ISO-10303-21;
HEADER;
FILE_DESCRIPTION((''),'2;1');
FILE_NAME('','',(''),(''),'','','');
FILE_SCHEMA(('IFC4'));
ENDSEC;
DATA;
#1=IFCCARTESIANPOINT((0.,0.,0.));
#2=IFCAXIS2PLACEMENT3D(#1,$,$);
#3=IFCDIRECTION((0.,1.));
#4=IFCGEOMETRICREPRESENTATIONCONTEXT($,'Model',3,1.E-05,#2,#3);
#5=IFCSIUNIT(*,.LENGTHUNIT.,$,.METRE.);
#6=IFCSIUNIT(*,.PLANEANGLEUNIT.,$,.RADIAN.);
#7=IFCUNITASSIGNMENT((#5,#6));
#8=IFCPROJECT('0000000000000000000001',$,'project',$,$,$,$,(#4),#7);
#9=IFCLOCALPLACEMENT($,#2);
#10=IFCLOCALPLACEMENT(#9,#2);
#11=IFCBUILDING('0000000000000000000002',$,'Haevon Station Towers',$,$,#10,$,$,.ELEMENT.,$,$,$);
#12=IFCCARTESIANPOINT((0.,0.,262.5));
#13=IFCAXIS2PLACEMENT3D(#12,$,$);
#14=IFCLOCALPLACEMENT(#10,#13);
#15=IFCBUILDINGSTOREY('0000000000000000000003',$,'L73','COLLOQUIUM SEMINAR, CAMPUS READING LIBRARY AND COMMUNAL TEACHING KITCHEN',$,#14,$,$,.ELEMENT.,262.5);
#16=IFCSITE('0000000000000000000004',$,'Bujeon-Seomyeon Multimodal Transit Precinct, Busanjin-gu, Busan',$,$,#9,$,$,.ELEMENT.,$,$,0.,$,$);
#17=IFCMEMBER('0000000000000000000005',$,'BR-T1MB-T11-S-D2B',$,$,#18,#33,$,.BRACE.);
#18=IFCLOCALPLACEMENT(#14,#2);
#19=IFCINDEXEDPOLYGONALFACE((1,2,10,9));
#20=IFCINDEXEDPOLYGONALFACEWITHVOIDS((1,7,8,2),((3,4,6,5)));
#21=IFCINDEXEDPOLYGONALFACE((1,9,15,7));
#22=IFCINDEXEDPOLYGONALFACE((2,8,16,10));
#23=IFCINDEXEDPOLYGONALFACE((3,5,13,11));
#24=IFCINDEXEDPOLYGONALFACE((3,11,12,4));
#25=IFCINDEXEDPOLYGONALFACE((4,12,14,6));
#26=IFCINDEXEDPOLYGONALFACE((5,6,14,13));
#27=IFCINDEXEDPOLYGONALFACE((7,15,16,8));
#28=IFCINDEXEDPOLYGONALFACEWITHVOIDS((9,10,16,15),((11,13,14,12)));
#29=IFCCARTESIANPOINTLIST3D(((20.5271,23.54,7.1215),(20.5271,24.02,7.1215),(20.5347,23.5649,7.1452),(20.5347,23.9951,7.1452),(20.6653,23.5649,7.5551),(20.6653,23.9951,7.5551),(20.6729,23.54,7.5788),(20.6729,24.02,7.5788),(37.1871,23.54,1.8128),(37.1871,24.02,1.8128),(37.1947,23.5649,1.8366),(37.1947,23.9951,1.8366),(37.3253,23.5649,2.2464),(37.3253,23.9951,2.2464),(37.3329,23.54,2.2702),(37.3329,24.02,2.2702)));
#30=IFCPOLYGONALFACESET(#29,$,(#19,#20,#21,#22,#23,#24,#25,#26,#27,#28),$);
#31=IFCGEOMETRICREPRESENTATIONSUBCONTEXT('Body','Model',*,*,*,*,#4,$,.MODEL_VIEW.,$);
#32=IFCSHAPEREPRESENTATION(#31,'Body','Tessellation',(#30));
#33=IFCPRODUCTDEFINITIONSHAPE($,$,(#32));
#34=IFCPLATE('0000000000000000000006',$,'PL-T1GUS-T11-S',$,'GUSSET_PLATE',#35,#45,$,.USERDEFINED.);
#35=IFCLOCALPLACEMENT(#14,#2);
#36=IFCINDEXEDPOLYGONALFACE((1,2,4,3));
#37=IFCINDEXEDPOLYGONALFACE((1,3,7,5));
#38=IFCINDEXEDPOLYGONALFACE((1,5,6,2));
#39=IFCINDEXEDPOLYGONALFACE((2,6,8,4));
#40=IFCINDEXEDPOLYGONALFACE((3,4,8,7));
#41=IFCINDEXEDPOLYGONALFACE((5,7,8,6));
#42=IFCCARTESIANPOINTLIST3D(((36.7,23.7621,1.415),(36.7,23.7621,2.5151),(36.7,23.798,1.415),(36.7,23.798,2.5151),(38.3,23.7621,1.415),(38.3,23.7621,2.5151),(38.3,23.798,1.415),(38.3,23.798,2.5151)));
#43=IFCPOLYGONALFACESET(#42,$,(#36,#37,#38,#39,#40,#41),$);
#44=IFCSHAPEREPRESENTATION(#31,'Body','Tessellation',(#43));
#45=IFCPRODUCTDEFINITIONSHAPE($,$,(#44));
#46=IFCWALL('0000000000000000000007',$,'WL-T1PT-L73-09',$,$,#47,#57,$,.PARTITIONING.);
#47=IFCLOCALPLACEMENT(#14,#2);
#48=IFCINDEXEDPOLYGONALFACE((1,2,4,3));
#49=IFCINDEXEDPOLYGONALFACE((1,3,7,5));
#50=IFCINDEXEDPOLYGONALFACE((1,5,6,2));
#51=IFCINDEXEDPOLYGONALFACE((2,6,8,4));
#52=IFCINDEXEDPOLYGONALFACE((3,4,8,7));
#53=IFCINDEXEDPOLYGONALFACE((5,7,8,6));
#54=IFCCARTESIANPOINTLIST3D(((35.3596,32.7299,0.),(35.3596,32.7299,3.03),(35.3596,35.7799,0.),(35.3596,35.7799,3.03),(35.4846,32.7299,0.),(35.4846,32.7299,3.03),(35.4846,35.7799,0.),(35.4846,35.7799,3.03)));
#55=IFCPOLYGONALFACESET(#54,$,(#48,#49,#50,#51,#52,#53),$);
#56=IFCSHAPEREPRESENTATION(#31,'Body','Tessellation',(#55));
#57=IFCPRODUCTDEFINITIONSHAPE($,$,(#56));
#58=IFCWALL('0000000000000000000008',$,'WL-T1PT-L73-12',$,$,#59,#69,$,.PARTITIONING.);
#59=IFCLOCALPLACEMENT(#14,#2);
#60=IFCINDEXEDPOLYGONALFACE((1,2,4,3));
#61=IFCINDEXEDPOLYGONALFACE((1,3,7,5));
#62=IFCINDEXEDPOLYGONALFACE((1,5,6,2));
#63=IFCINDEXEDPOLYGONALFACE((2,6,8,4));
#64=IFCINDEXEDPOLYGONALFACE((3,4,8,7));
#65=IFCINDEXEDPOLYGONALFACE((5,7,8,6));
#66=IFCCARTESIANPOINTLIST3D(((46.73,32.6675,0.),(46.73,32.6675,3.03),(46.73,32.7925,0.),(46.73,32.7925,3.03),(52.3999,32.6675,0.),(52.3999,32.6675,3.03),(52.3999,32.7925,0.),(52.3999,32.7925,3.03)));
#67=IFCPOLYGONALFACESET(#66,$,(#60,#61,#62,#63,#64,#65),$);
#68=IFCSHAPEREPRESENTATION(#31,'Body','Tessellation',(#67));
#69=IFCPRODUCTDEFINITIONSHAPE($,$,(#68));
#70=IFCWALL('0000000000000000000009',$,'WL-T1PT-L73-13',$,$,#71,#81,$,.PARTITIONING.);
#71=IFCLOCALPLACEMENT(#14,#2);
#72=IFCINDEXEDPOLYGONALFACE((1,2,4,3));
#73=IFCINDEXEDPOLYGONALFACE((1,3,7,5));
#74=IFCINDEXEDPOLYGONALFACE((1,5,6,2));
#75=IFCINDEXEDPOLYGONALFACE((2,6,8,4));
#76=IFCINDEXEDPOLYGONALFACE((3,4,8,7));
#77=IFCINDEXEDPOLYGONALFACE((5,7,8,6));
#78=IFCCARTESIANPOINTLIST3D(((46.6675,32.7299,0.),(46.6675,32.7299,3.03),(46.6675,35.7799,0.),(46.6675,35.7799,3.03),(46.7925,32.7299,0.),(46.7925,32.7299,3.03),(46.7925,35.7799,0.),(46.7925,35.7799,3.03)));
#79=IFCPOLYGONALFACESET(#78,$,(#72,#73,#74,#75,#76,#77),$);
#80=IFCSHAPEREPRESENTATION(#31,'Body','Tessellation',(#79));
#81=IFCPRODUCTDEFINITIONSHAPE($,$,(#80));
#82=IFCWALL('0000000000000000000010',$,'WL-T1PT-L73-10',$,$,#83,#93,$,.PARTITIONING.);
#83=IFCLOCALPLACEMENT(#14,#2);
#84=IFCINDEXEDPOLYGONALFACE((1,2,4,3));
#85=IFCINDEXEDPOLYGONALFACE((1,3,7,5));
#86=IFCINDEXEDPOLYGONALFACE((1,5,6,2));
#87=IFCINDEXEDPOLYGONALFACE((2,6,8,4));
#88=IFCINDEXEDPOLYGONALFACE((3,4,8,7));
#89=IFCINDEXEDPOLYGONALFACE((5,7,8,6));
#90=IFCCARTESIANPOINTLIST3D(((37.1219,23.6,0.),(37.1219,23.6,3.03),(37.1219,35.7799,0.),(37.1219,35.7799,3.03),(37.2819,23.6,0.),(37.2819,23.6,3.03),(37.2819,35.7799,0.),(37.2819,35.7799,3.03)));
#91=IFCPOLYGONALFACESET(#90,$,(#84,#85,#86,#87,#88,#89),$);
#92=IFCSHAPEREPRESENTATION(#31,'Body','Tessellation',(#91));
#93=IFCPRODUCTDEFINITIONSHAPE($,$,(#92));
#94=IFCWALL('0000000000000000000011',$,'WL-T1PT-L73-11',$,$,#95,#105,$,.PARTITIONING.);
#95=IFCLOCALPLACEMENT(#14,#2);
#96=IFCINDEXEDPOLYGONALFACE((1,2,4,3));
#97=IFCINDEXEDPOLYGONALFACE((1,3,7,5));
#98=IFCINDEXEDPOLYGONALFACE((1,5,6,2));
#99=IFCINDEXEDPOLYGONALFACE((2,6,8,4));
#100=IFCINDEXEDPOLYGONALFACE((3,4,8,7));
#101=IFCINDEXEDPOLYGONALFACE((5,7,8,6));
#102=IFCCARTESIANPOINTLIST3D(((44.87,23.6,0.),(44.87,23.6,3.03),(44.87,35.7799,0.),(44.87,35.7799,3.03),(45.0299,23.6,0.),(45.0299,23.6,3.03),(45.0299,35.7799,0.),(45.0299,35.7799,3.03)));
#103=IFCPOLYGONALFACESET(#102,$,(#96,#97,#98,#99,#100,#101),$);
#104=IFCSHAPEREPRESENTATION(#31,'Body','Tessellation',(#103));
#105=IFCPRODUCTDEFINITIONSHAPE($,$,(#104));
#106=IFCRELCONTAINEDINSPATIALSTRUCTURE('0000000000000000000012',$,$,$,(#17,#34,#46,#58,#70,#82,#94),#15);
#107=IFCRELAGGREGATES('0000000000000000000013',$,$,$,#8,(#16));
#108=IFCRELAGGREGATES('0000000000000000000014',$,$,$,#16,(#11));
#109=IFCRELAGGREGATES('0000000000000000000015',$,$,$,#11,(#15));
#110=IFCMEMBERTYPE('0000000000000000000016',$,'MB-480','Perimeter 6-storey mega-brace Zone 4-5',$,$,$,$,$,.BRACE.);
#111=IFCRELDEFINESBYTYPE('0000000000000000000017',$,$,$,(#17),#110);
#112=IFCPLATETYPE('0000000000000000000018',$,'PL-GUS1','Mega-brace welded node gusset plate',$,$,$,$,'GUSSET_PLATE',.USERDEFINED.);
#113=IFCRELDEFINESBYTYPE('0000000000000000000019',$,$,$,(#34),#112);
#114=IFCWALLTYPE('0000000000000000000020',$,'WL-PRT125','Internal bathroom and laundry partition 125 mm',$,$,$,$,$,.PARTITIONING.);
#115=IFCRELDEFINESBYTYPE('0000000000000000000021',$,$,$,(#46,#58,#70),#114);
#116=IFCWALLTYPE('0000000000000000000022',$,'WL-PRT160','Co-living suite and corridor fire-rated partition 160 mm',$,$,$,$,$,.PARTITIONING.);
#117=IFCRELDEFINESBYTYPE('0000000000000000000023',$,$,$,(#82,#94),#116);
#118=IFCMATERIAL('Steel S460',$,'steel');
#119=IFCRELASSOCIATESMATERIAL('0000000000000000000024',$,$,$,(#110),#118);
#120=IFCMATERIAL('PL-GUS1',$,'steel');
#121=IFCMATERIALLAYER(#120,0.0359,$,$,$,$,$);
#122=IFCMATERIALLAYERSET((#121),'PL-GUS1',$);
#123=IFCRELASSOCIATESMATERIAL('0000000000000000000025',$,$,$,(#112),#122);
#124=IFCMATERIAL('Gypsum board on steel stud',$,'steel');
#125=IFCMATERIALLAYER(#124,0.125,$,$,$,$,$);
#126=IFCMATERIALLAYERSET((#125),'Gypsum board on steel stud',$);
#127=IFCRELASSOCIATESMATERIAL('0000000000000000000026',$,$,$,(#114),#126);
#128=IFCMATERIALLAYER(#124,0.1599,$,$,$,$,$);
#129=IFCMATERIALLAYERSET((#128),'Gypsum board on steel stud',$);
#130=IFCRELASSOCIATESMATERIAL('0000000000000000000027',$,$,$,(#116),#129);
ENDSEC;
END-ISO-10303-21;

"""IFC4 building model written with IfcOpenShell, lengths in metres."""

from ifc_helpers import new_model, si_unit, direction, frame, frame_2d, origin, origin_2d, place, context, subcontext, project, spatial, rectangle, hollow_rectangle, extrude, material, layer, layer_set, material_profile, profile_set, type_object, element, save


model = new_model("IFC4")

# Units and contexts
model_context = context("Model", 3, precision=1e-05, world=origin(), true_north=direction((0.0, 1.0)))
body_context = subcontext(model_context, "Body", "Model", "MODEL_VIEW")
ifc_project = project(units=[si_unit("LENGTHUNIT", "METRE"), si_unit("PLANEANGLEUNIT", "RADIAN")], contexts=[model_context])

# Site, building, storey
site_placement = place(None, origin())
site = spatial("IfcSite", under=ifc_project, at=site_placement, Name="Bujeon-Seomyeon Multimodal Transit Precinct, Busanjin-gu, Busan", CompositionType="ELEMENT", RefElevation=0.0)
building_placement = place(site_placement, origin())
building = spatial("IfcBuilding", under=site, at=building_placement, Name="Haevon Station Towers", CompositionType="ELEMENT")
storey_placement = place(building_placement, frame((0.0, 0.0, 262.5)))
storey = spatial("IfcBuildingStorey", under=building, at=storey_placement, Name="L73", Description="COLLOQUIUM SEMINAR, CAMPUS READING LIBRARY AND COMMUNAL TEACHING KITCHEN", CompositionType="ELEMENT", Elevation=262.5)

# Member
ifc_material_1 = material(Name="Steel S460", Category="steel")
ifc_material_profile_1 = material_profile(ifc_material_1, hollow_rectangle(XDim=0.48, YDim=0.48, WallThickness=0.0249, at=origin_2d()), Name="RHS-480x480x25")
ifc_profile_set_1 = profile_set([ifc_material_profile_1], Name="Steel S460")
member_type = type_object("IfcMemberType", Name="MB-480", Description="Perimeter 6-storey mega-brace Zone 4-5", PredefinedType="BRACE", material=ifc_profile_set_1)
member_placement = place(storey_placement, frame((37.26, 23.78, 2.0415), z_axis=(-0.952798, 0.0, 0.303604), x_axis=(0.0, -1.0, 0.0)))
element("IfcMember", 1, at=member_placement, inside=storey, type_object=member_type, Name="BR-T1MB-T11-S-D2B", PredefinedType="BRACE", context=body_context, shape_type="SweptSolid", body=[
    extrude(hollow_rectangle(XDim=0.48, YDim=0.48, WallThickness=0.0249, at=origin_2d()), origin(), (0.0, 0.0, 1.0), 17.4854),
])

# Plate
ifc_material_2 = material(Name="PL-GUS1", Category="steel")
ifc_layer_1 = layer(ifc_material_2, 0.0359)
ifc_layer_set_1 = layer_set([ifc_layer_1], Name="PL-GUS1")
plate_type = type_object("IfcPlateType", Name="PL-GUS1", Description="Mega-brace welded node gusset plate", ElementType="GUSSET_PLATE", PredefinedType="USERDEFINED", material=ifc_layer_set_1)
plate_placement = place(storey_placement, frame((37.5, 23.78, 1.415), z_axis=(0.0, 0.0, 1.0), x_axis=(1.0, 0.0, 0.0)))
element("IfcPlate", 2, at=plate_placement, inside=storey, type_object=plate_type, Name="PL-T1GUS-T11-S", ObjectType="GUSSET_PLATE", PredefinedType="USERDEFINED", context=body_context, shape_type="SweptSolid", body=[
    extrude(rectangle(XDim=1.6001, YDim=0.0359, at=origin_2d()), origin(), (0.0, 0.0, 1.0), 1.1001),
])

# Walls
ifc_material_3 = material(Name="Gypsum board on steel stud", Category="steel")
ifc_layer_2 = layer(ifc_material_3, 0.125)
ifc_layer_set_2 = layer_set([ifc_layer_2], Name="Gypsum board on steel stud")
wall_type_1 = type_object("IfcWallType", Name="WL-PRT125", Description="Internal bathroom and laundry partition 125 mm", PredefinedType="PARTITIONING", material=ifc_layer_set_2)
wall_1_placement = place(storey_placement, frame((35.4221, 32.73, 0.0), z_axis=(0.0, 0.0, 1.0), x_axis=(0.0, 1.0, 0.0)))
element("IfcWall", 3, at=wall_1_placement, inside=storey, type_object=wall_type_1, Name="WL-T1PT-L73-09", PredefinedType="PARTITIONING", context=body_context, shape_type="SweptSolid", body=[
    extrude(rectangle(XDim=3.05, YDim=0.125, at=frame_2d((1.5249, 0.0))), origin(), (0.0, 0.0, 1.0), 3.03),
])
wall_2_placement = place(storey_placement, frame((46.73, 32.73, 0.0), z_axis=(0.0, 0.0, 1.0), x_axis=(1.0, 0.0, 0.0)))
element("IfcWall", 4, at=wall_2_placement, inside=storey, type_object=wall_type_1, Name="WL-T1PT-L73-12", PredefinedType="PARTITIONING", context=body_context, shape_type="SweptSolid", body=[
    extrude(rectangle(XDim=5.6699, YDim=0.125, at=frame_2d((2.835, 0.0))), origin(), (0.0, 0.0, 1.0), 3.03),
])
wall_3_placement = place(storey_placement, frame((46.73, 32.73, 0.0), z_axis=(0.0, 0.0, 1.0), x_axis=(0.0, 1.0, 0.0)))
element("IfcWall", 5, at=wall_3_placement, inside=storey, type_object=wall_type_1, Name="WL-T1PT-L73-13", PredefinedType="PARTITIONING", context=body_context, shape_type="SweptSolid", body=[
    extrude(rectangle(XDim=3.05, YDim=0.125, at=frame_2d((1.5249, 0.0))), origin(), (0.0, 0.0, 1.0), 3.03),
])
ifc_layer_3 = layer(ifc_material_3, 0.1599)
ifc_layer_set_3 = layer_set([ifc_layer_3], Name="Gypsum board on steel stud")
wall_type_2 = type_object("IfcWallType", Name="WL-PRT160", Description="Co-living suite and corridor fire-rated partition 160 mm", PredefinedType="PARTITIONING", material=ifc_layer_set_3)
for number, where, z_axis, x_axis, name in (
    (6, (37.2019, 23.6001, 0.0), (0.0, 0.0, 1.0), (0.0, 1.0, 0.0), "WL-T1PT-L73-10"),
    (7, (44.95, 23.6001, 0.0), (0.0, 0.0, 1.0), (0.0, 1.0, 0.0), "WL-T1PT-L73-11"),
):
    element("IfcWall", number, at=place(storey_placement, frame(where, z_axis=z_axis, x_axis=x_axis)), inside=storey, type_object=wall_type_2, Name=name, PredefinedType="PARTITIONING", context=body_context, shape_type="SweptSolid", body=[
        extrude(rectangle(XDim=12.1799, YDim=0.1599, at=frame_2d((6.0898, 0.0))), origin(), (0.0, 0.0, 1.0), 3.03),
    ])

save(model, "model.ifc")
